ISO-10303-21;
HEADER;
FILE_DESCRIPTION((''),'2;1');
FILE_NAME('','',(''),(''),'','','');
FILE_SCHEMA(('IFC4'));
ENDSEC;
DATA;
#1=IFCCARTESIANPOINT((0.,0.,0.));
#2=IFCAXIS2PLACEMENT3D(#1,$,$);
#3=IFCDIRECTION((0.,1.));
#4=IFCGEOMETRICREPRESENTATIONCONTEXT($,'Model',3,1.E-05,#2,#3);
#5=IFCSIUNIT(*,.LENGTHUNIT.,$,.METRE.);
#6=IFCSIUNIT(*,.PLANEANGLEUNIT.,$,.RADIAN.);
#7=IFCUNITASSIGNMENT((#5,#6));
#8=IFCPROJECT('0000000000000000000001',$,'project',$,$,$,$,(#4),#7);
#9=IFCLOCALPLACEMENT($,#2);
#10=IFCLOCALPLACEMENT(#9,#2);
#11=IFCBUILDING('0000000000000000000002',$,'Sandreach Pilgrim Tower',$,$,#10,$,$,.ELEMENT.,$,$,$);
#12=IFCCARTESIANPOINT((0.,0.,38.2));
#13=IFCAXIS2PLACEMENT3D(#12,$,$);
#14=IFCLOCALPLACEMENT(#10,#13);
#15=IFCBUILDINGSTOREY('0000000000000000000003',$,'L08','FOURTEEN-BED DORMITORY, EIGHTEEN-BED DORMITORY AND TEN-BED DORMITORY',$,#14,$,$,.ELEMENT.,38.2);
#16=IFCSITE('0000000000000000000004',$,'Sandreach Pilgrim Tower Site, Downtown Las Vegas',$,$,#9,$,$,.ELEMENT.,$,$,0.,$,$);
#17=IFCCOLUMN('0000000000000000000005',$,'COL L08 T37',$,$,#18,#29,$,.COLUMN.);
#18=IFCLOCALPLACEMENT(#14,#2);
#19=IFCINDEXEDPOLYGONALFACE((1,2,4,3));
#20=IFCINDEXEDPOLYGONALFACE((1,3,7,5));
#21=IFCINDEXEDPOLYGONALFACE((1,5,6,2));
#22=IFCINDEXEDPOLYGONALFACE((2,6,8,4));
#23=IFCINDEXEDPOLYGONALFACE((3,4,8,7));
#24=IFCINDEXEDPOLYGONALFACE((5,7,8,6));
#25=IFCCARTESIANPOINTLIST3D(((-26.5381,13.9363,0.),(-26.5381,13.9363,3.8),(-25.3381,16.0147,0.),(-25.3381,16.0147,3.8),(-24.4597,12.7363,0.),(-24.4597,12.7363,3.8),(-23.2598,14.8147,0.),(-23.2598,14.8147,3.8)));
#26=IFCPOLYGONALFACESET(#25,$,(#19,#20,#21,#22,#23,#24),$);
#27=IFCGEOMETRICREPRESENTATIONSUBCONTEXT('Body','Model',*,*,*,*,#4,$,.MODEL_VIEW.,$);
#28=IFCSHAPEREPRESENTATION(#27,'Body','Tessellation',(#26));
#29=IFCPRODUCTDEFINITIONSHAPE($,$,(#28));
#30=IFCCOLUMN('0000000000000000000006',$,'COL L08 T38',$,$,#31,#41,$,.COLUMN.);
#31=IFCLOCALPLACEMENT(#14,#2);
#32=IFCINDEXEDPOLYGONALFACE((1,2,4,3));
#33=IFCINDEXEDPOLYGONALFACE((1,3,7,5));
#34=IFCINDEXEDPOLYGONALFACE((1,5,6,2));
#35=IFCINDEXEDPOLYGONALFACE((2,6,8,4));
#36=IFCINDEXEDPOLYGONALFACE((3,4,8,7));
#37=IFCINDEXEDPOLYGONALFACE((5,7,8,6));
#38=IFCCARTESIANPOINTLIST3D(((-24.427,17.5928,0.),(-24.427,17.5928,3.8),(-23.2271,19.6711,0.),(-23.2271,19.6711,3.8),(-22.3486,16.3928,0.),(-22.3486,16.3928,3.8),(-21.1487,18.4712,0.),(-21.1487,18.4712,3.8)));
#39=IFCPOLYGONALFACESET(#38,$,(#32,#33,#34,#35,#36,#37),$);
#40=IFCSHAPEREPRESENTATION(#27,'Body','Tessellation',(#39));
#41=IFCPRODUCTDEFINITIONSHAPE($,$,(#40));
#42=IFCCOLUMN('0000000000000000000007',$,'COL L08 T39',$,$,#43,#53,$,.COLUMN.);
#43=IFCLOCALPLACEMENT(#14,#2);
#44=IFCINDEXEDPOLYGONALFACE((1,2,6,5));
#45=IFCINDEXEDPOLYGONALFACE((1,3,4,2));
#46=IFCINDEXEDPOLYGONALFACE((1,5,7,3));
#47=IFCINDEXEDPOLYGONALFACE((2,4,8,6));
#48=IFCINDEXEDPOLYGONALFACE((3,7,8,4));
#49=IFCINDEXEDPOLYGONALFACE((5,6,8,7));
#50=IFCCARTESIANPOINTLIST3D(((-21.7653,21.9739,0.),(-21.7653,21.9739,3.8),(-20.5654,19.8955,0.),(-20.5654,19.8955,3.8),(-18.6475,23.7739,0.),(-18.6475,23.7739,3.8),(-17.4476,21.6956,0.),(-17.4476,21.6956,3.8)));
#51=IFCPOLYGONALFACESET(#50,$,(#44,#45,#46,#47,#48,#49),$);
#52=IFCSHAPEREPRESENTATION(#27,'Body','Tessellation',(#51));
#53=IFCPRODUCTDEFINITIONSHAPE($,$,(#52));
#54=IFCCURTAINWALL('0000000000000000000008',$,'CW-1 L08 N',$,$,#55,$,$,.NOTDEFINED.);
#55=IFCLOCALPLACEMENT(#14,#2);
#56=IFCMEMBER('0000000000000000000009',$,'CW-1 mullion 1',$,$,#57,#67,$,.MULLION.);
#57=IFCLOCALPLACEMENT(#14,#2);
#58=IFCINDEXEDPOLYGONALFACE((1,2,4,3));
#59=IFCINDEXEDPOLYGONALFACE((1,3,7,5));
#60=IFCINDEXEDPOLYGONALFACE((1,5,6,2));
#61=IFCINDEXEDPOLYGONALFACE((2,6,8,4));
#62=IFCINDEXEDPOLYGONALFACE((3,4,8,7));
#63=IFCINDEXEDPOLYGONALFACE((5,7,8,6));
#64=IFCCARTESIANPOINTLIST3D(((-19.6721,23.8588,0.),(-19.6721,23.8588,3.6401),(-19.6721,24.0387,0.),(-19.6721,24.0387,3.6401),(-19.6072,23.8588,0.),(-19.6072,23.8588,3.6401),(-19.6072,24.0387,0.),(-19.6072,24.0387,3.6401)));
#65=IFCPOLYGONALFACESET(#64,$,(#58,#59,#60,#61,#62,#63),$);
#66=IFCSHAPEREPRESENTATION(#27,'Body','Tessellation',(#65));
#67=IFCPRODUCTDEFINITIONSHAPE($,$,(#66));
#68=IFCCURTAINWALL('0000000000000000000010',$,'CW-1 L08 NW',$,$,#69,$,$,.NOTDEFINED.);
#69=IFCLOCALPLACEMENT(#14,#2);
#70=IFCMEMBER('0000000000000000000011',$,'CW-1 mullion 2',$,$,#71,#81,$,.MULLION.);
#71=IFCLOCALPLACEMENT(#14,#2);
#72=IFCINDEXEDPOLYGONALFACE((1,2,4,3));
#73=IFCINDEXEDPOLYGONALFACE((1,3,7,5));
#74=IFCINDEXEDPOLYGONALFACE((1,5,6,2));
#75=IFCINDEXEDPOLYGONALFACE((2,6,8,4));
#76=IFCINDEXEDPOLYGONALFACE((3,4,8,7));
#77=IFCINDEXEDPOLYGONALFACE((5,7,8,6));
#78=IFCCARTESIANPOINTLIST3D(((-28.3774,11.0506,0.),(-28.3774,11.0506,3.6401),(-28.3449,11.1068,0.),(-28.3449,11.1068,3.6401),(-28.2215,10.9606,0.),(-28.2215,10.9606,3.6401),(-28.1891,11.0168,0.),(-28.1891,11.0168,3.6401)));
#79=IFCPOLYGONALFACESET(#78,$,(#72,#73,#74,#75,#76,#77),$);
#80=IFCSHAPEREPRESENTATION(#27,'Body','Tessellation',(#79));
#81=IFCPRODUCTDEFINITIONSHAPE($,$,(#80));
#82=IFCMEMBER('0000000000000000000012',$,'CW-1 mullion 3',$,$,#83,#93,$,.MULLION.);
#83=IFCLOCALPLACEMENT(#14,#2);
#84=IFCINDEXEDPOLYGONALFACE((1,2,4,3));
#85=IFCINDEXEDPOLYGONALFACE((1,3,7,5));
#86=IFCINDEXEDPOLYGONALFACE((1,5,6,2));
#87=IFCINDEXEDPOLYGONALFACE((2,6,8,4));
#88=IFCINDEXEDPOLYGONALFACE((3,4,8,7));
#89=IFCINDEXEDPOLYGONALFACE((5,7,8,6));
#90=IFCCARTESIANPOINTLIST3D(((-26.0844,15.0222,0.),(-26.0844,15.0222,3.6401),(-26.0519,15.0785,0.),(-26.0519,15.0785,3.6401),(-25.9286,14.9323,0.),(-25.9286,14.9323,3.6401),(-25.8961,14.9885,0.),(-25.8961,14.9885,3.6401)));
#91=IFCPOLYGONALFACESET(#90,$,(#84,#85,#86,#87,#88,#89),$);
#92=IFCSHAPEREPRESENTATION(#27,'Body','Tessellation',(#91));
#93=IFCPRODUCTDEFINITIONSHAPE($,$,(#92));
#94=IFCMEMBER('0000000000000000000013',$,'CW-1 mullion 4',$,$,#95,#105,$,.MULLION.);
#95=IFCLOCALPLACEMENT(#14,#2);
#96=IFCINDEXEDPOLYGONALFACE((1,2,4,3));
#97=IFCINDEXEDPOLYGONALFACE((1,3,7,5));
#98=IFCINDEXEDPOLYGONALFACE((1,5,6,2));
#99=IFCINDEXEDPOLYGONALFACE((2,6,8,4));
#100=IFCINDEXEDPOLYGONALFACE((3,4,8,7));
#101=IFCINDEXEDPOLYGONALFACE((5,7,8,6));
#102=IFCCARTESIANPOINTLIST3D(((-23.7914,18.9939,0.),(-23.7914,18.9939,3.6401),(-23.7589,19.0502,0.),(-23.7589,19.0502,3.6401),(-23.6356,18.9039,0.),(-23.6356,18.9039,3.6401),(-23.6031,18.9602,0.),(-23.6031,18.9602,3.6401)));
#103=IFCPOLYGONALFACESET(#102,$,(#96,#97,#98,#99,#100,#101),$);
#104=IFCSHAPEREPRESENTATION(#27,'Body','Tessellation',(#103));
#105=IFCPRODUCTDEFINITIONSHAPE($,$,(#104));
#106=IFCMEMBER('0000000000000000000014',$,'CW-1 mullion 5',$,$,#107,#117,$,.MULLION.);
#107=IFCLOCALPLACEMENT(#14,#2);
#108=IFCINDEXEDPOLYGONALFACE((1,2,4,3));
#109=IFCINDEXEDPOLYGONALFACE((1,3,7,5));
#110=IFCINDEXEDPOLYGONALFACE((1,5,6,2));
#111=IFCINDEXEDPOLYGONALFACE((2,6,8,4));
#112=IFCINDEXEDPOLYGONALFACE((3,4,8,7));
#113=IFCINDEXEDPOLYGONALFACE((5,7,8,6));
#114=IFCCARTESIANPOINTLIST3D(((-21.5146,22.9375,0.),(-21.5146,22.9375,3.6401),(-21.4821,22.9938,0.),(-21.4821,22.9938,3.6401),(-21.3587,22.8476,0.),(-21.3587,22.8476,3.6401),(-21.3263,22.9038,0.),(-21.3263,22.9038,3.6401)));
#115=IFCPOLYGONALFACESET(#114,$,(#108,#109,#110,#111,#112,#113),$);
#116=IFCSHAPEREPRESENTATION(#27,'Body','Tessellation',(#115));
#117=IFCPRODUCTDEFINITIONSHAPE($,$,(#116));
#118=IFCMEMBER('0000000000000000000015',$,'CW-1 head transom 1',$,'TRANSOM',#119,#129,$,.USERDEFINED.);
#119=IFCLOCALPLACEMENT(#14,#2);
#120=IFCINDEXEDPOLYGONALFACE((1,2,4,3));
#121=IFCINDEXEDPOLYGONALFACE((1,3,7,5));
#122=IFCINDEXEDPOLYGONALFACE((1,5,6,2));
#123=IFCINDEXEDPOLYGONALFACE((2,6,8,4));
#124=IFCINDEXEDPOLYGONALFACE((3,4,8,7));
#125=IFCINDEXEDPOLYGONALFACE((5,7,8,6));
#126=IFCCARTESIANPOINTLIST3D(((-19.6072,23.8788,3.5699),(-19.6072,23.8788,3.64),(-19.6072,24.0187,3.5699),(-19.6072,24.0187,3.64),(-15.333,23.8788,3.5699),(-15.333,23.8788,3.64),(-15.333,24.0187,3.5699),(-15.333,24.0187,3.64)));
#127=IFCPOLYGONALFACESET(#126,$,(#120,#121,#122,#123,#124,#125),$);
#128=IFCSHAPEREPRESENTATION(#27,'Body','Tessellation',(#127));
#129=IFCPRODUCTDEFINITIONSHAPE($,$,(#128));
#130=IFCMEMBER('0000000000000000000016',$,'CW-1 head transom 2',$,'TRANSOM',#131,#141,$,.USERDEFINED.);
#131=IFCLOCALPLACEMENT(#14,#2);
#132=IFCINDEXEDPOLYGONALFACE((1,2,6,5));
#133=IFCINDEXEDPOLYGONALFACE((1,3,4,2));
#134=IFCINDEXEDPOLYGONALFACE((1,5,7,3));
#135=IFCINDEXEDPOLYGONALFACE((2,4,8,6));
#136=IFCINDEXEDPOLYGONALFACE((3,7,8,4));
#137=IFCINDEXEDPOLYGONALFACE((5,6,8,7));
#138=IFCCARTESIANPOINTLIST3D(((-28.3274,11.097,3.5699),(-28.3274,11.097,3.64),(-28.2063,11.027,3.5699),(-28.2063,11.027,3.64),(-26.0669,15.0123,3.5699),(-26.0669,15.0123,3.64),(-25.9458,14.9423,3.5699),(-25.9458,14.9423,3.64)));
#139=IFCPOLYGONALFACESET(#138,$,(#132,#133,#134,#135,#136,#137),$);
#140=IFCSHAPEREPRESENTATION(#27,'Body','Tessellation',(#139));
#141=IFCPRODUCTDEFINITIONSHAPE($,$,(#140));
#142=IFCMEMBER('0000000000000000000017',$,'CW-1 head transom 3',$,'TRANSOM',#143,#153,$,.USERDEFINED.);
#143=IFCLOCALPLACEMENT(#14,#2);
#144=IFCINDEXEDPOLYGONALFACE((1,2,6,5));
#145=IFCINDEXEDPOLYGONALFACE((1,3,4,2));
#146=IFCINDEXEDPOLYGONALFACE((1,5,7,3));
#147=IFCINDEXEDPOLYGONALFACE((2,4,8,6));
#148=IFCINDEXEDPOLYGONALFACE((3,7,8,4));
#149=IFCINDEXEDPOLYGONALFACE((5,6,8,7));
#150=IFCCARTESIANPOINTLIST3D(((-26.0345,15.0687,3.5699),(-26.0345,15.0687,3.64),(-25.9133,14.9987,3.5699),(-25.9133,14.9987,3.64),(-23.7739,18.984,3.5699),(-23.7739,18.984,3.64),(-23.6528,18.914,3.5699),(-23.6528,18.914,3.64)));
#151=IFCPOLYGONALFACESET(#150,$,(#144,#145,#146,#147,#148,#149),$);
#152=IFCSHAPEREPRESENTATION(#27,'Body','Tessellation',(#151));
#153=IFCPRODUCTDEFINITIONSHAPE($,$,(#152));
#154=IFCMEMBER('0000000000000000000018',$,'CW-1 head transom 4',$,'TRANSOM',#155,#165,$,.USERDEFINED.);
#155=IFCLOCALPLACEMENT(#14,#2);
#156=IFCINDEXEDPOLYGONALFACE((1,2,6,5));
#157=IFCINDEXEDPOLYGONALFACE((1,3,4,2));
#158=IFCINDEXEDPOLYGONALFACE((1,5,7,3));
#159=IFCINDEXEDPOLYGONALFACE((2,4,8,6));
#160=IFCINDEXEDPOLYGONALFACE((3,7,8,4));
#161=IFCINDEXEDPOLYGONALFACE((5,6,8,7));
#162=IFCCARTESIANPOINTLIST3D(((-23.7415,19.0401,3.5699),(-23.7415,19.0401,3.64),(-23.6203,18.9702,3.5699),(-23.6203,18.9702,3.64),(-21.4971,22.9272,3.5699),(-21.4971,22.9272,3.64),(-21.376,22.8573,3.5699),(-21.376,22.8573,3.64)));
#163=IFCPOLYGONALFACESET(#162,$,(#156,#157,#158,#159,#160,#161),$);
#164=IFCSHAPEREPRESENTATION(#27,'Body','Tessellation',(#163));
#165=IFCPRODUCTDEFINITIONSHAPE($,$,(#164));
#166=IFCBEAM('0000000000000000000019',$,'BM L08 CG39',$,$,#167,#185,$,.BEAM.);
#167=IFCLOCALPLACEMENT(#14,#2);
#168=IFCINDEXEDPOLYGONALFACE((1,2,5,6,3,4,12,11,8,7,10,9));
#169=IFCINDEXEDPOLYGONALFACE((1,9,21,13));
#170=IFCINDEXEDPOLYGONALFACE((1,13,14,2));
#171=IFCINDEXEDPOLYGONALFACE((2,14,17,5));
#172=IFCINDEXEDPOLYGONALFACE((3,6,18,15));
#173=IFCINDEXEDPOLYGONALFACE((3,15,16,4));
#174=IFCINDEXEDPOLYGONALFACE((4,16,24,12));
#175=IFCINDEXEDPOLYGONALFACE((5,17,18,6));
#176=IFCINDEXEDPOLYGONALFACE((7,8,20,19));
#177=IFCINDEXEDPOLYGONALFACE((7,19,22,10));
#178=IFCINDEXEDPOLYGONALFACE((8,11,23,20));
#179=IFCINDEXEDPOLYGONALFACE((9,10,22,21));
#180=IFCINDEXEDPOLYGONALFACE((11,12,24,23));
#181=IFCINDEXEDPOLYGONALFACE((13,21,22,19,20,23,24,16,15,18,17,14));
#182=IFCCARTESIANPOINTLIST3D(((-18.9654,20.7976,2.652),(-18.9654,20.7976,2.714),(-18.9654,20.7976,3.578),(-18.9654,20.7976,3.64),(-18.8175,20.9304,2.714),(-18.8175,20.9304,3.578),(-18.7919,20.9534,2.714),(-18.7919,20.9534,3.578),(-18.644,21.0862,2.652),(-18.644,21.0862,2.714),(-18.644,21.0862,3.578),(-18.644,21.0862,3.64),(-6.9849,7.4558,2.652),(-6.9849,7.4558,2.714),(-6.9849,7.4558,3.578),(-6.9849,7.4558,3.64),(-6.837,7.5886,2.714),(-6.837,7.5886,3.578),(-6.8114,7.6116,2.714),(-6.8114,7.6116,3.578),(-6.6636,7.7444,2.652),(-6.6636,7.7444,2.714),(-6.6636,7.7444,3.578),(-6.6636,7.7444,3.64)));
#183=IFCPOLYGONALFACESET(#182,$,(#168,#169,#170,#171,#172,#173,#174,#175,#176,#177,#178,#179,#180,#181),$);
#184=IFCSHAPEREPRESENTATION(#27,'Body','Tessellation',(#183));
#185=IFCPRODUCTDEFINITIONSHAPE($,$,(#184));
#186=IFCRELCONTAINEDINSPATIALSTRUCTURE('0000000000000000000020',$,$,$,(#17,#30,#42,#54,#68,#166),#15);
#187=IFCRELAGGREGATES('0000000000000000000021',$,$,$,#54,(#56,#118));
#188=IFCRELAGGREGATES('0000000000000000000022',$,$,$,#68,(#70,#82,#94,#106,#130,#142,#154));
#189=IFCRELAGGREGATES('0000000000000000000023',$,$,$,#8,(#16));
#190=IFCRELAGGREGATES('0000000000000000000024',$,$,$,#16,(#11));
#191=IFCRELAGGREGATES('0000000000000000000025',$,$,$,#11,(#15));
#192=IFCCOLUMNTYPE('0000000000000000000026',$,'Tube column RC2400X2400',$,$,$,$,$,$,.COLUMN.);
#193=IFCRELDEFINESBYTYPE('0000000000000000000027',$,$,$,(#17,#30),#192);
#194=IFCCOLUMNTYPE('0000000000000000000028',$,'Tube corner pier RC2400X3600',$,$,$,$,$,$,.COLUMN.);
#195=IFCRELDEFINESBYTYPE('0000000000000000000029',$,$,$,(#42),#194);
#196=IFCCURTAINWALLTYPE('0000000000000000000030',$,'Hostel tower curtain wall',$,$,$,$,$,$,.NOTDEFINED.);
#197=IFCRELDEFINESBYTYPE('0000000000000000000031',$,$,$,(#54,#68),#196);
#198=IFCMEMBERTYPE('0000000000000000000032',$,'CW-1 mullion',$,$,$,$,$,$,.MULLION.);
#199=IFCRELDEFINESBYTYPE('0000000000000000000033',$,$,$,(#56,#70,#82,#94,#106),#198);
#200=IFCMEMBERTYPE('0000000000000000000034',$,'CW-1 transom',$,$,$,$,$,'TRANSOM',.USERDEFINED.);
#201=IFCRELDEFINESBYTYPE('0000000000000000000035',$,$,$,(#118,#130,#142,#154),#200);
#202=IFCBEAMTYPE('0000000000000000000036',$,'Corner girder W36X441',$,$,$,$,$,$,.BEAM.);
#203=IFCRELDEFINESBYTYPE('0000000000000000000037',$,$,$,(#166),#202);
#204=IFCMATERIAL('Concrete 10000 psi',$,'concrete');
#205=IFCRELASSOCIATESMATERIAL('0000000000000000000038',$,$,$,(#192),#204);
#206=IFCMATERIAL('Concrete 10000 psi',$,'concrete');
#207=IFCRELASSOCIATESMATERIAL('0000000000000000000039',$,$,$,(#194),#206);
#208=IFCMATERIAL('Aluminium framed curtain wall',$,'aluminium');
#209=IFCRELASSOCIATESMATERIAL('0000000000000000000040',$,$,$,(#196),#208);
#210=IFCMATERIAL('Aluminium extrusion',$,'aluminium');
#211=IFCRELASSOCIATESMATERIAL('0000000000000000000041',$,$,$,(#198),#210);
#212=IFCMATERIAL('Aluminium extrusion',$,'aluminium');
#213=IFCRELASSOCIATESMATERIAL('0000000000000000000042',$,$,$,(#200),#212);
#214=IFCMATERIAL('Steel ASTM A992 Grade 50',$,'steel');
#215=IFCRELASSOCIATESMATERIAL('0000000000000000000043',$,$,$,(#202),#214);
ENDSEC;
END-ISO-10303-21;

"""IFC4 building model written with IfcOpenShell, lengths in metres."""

from ifc_helpers import new_model, si_unit, direction, frame, origin, origin_2d, place, context, subcontext, project, spatial, rectangle, i_section, extrude, material, material_profile, profile_set, type_object, element, aggregate, save


model = new_model("IFC4")

# Units and contexts
model_context = context("Model", 3, precision=1e-05, world=origin(), true_north=direction((0.0, 1.0)))
body_context = subcontext(model_context, "Body", "Model", "MODEL_VIEW")
ifc_project = project(units=[si_unit("LENGTHUNIT", "METRE"), si_unit("PLANEANGLEUNIT", "RADIAN")], contexts=[model_context])

# Site, building, storey
site_placement = place(None, origin())
site = spatial("IfcSite", under=ifc_project, at=site_placement, Name="Sandreach Pilgrim Tower Site, Downtown Las Vegas", CompositionType="ELEMENT", RefElevation=0.0)
building_placement = place(site_placement, origin())
building = spatial("IfcBuilding", under=site, at=building_placement, Name="Sandreach Pilgrim Tower", CompositionType="ELEMENT")
storey_placement = place(building_placement, frame((0.0, 0.0, 38.2)))
storey = spatial("IfcBuildingStorey", under=building, at=storey_placement, Name="L08", Description="FOURTEEN-BED DORMITORY, EIGHTEEN-BED DORMITORY AND TEN-BED DORMITORY", CompositionType="ELEMENT", Elevation=38.2)

# Columns
ifc_material_1 = material(Name="Concrete 10000 psi", Category="concrete")
ifc_material_profile_1 = material_profile(ifc_material_1, rectangle(XDim=2.3999, YDim=2.3999, at=origin_2d()), Name="RC2400X2400")
ifc_profile_set_1 = profile_set([ifc_material_profile_1], Name="Concrete 10000 psi")
column_type_1 = type_object("IfcColumnType", Name="Tube column RC2400X2400", PredefinedType="COLUMN", material=ifc_profile_set_1)
for number, where, z_axis, x_axis, name in (
    (1, (-24.8989, 14.3755, 0.0), (0.0, 0.0, 1.0), (-0.866025, 0.5, 0.0), "COL L08 T37"),
    (2, (-22.7878, 18.032, 0.0), (0.0, 0.0, 1.0), (-0.866025, 0.5, 0.0), "COL L08 T38"),
):
    element("IfcColumn", number, at=place(storey_placement, frame(where, z_axis=z_axis, x_axis=x_axis)), inside=storey, type_object=column_type_1, Name=name, PredefinedType="COLUMN", context=body_context, shape_type="SweptSolid", body=[
        extrude(rectangle(XDim=2.3999, YDim=2.3999, at=origin_2d()), origin(), (0.0, 0.0, 1.0), 3.8),
    ])
ifc_material_2 = material(Name="Concrete 10000 psi", Category="concrete")
ifc_material_profile_2 = material_profile(ifc_material_2, rectangle(XDim=2.3999, YDim=3.6001, at=origin_2d()), Name="RC2400X3600")
ifc_profile_set_2 = profile_set([ifc_material_profile_2], Name="Concrete 10000 psi")
column_type_2 = type_object("IfcColumnType", Name="Tube corner pier RC2400X3600", PredefinedType="COLUMN", material=ifc_profile_set_2)
column_placement = place(storey_placement, frame((-19.6064, 21.8347, 0.0), z_axis=(0.0, 0.0, 1.0), x_axis=(-0.5, 0.866025, 0.0)))
element("IfcColumn", 3, at=column_placement, inside=storey, type_object=column_type_2, Name="COL L08 T39", PredefinedType="COLUMN", context=body_context, shape_type="SweptSolid", body=[
    extrude(rectangle(XDim=2.3999, YDim=3.6001, at=origin_2d()), origin(), (0.0, 0.0, 1.0), 3.8),
])

# Curtain wall, member
ifc_material_3 = material(Name="Aluminium framed curtain wall", Category="aluminium")
curtain_wall_type = type_object("IfcCurtainWallType", Name="Hostel tower curtain wall", PredefinedType="NOTDEFINED", material=ifc_material_3)
curtain_wall_1_placement = place(storey_placement, origin())
curtain_wall_1 = element("IfcCurtainWall", 4, at=curtain_wall_1_placement, inside=storey, type_object=curtain_wall_type, Name="CW-1 L08 N", PredefinedType="NOTDEFINED")
ifc_material_4 = material(Name="Aluminium extrusion", Category="aluminium")
ifc_material_profile_3 = material_profile(ifc_material_4, rectangle(XDim=0.0649, YDim=0.1799, at=origin_2d()), Name="CW-1M 65X180")
ifc_profile_set_3 = profile_set([ifc_material_profile_3], Name="Aluminium extrusion")
member_type_1 = type_object("IfcMemberType", Name="CW-1 mullion", PredefinedType="MULLION", material=ifc_profile_set_3)
member_1_placement = place(storey_placement, frame((-19.6396, 23.9487, 0.0), z_axis=(0.0, 0.0, 1.0), x_axis=(1.0, 0.0, 0.0)))
member_1 = element("IfcMember", 5, at=member_1_placement, type_object=member_type_1, Name="CW-1 mullion 1", PredefinedType="MULLION", context=body_context, shape_type="SweptSolid", body=[
    extrude(rectangle(XDim=0.0649, YDim=0.1799, at=origin_2d()), origin(), (0.0, 0.0, 1.0), 3.6401),
])

# Curtain wall, members
curtain_wall_2_placement = place(storey_placement, origin())
curtain_wall_2 = element("IfcCurtainWall", 6, at=curtain_wall_2_placement, inside=storey, type_object=curtain_wall_type, Name="CW-1 L08 NW", PredefinedType="NOTDEFINED")
member_2_placement = place(storey_placement, frame((-28.2832, 11.0337, 0.0), z_axis=(0.0, 0.0, 1.0), x_axis=(0.5, 0.866025, 0.0)))
member_2 = element("IfcMember", 7, at=member_2_placement, type_object=member_type_1, Name="CW-1 mullion 2", PredefinedType="MULLION", context=body_context, shape_type="SweptSolid", body=[
    extrude(rectangle(XDim=0.0649, YDim=0.1799, at=origin_2d()), origin(), (0.0, 0.0, 1.0), 3.6401),
])
member_3_placement = place(storey_placement, frame((-25.9902, 15.0054, 0.0), z_axis=(0.0, 0.0, 1.0), x_axis=(0.5, 0.866025, 0.0)))
member_3 = element("IfcMember", 8, at=member_3_placement, type_object=member_type_1, Name="CW-1 mullion 3", PredefinedType="MULLION", context=body_context, shape_type="SweptSolid", body=[
    extrude(rectangle(XDim=0.0649, YDim=0.1799, at=origin_2d()), origin(), (0.0, 0.0, 1.0), 3.6401),
])
member_4_placement = place(storey_placement, frame((-23.6973, 18.9771, 0.0), z_axis=(0.0, 0.0, 1.0), x_axis=(0.5, 0.866025, 0.0)))
member_4 = element("IfcMember", 9, at=member_4_placement, type_object=member_type_1, Name="CW-1 mullion 4", PredefinedType="MULLION", context=body_context, shape_type="SweptSolid", body=[
    extrude(rectangle(XDim=0.0649, YDim=0.1799, at=origin_2d()), origin(), (0.0, 0.0, 1.0), 3.6401),
])
member_5_placement = place(storey_placement, frame((-21.4204, 22.9207, 0.0), z_axis=(0.0, 0.0, 1.0), x_axis=(0.5, 0.866025, 0.0)))
member_5 = element("IfcMember", 10, at=member_5_placement, type_object=member_type_1, Name="CW-1 mullion 5", PredefinedType="MULLION", context=body_context, shape_type="SweptSolid", body=[
    extrude(rectangle(XDim=0.0649, YDim=0.1799, at=origin_2d()), origin(), (0.0, 0.0, 1.0), 3.6401),
])

# Members
ifc_material_5 = material(Name="Aluminium extrusion", Category="aluminium")
ifc_material_profile_4 = material_profile(ifc_material_5, rectangle(XDim=0.1399, YDim=0.0701, at=origin_2d()), Name="CW-1T 140X70")
ifc_profile_set_4 = profile_set([ifc_material_profile_4], Name="Aluminium extrusion")
member_type_2 = type_object("IfcMemberType", Name="CW-1 transom", ElementType="TRANSOM", PredefinedType="USERDEFINED", material=ifc_profile_set_4)
member_6_placement = place(storey_placement, frame((-19.6072, 23.9487, 3.605), z_axis=(1.0, 0.0, 0.0), x_axis=(0.0, 1.0, 0.0)))
member_6 = element("IfcMember", 11, at=member_6_placement, type_object=member_type_2, Name="CW-1 head transom 1", ObjectType="TRANSOM", PredefinedType="USERDEFINED", context=body_context, shape_type="SweptSolid", body=[
    extrude(rectangle(XDim=0.1399, YDim=0.0701, at=origin_2d()), origin(), (0.0, 0.0, 1.0), 4.2742),
])
member_7_placement = place(storey_placement, frame((-28.2668, 11.062, 3.605), z_axis=(0.500001, 0.866025, 0.0), x_axis=(-0.866025, 0.500001, 0.0)))
member_7 = element("IfcMember", 12, at=member_7_placement, type_object=member_type_2, Name="CW-1 head transom 2", ObjectType="TRANSOM", PredefinedType="USERDEFINED", context=body_context, shape_type="SweptSolid", body=[
    extrude(rectangle(XDim=0.1399, YDim=0.0701, at=origin_2d()), origin(), (0.0, 0.0, 1.0), 4.521),
])
member_8_placement = place(storey_placement, frame((-25.9739, 15.0337, 3.605), z_axis=(0.500001, 0.866025, 0.0), x_axis=(-0.866025, 0.500001, 0.0)))
member_8 = element("IfcMember", 13, at=member_8_placement, type_object=member_type_2, Name="CW-1 head transom 3", ObjectType="TRANSOM", PredefinedType="USERDEFINED", context=body_context, shape_type="SweptSolid", body=[
    extrude(rectangle(XDim=0.1399, YDim=0.0701, at=origin_2d()), origin(), (0.0, 0.0, 1.0), 4.521),
])
member_9_placement = place(storey_placement, frame((-23.6809, 19.0051, 3.605), z_axis=(0.500018, 0.866015, 0.0), x_axis=(-0.866015, 0.500018, 0.0)))
member_9 = element("IfcMember", 14, at=member_9_placement, type_object=member_type_2, Name="CW-1 head transom 4", ObjectType="TRANSOM", PredefinedType="USERDEFINED", context=body_context, shape_type="SweptSolid", body=[
    extrude(rectangle(XDim=0.1399, YDim=0.0701, at=origin_2d()), origin(), (0.0, 0.0, 1.0), 4.4885),
])

# Beam
ifc_material_6 = material(Name="Steel ASTM A992 Grade 50", Category="steel")
ifc_material_profile_5 = material_profile(ifc_material_6, i_section(OverallWidth=0.4319, OverallDepth=0.988, WebThickness=0.0344, FlangeThickness=0.062, at=origin_2d()), Name="W36X441")
ifc_profile_set_5 = profile_set([ifc_material_profile_5], Name="Steel ASTM A992 Grade 50")
beam_type_1 = type_object("IfcBeamType", Name="Corner girder W36X441", PredefinedType="BEAM", material=ifc_profile_set_5)
beam_1_placement = place(storey_placement, frame((-18.8047, 20.9419, 3.146), z_axis=(0.668128, -0.744047, 0.0), x_axis=(0.744047, 0.668128, 0.0)))
element("IfcBeam", 15, at=beam_1_placement, inside=storey, type_object=beam_type_1, Name="BM L08 CG39", PredefinedType="BEAM", context=body_context, shape_type="SweptSolid", body=[
    extrude(i_section(OverallWidth=0.4319, OverallDepth=0.988, WebThickness=0.0344, FlangeThickness=0.062, at=origin_2d()), origin(), (0.0, 0.0, 1.0), 17.9314),
])

aggregate(curtain_wall_1, [member_1, member_6])
aggregate(curtain_wall_2, [member_2, member_3, member_4, member_5, member_7, member_8, member_9])

save(model, "model.ifc")
